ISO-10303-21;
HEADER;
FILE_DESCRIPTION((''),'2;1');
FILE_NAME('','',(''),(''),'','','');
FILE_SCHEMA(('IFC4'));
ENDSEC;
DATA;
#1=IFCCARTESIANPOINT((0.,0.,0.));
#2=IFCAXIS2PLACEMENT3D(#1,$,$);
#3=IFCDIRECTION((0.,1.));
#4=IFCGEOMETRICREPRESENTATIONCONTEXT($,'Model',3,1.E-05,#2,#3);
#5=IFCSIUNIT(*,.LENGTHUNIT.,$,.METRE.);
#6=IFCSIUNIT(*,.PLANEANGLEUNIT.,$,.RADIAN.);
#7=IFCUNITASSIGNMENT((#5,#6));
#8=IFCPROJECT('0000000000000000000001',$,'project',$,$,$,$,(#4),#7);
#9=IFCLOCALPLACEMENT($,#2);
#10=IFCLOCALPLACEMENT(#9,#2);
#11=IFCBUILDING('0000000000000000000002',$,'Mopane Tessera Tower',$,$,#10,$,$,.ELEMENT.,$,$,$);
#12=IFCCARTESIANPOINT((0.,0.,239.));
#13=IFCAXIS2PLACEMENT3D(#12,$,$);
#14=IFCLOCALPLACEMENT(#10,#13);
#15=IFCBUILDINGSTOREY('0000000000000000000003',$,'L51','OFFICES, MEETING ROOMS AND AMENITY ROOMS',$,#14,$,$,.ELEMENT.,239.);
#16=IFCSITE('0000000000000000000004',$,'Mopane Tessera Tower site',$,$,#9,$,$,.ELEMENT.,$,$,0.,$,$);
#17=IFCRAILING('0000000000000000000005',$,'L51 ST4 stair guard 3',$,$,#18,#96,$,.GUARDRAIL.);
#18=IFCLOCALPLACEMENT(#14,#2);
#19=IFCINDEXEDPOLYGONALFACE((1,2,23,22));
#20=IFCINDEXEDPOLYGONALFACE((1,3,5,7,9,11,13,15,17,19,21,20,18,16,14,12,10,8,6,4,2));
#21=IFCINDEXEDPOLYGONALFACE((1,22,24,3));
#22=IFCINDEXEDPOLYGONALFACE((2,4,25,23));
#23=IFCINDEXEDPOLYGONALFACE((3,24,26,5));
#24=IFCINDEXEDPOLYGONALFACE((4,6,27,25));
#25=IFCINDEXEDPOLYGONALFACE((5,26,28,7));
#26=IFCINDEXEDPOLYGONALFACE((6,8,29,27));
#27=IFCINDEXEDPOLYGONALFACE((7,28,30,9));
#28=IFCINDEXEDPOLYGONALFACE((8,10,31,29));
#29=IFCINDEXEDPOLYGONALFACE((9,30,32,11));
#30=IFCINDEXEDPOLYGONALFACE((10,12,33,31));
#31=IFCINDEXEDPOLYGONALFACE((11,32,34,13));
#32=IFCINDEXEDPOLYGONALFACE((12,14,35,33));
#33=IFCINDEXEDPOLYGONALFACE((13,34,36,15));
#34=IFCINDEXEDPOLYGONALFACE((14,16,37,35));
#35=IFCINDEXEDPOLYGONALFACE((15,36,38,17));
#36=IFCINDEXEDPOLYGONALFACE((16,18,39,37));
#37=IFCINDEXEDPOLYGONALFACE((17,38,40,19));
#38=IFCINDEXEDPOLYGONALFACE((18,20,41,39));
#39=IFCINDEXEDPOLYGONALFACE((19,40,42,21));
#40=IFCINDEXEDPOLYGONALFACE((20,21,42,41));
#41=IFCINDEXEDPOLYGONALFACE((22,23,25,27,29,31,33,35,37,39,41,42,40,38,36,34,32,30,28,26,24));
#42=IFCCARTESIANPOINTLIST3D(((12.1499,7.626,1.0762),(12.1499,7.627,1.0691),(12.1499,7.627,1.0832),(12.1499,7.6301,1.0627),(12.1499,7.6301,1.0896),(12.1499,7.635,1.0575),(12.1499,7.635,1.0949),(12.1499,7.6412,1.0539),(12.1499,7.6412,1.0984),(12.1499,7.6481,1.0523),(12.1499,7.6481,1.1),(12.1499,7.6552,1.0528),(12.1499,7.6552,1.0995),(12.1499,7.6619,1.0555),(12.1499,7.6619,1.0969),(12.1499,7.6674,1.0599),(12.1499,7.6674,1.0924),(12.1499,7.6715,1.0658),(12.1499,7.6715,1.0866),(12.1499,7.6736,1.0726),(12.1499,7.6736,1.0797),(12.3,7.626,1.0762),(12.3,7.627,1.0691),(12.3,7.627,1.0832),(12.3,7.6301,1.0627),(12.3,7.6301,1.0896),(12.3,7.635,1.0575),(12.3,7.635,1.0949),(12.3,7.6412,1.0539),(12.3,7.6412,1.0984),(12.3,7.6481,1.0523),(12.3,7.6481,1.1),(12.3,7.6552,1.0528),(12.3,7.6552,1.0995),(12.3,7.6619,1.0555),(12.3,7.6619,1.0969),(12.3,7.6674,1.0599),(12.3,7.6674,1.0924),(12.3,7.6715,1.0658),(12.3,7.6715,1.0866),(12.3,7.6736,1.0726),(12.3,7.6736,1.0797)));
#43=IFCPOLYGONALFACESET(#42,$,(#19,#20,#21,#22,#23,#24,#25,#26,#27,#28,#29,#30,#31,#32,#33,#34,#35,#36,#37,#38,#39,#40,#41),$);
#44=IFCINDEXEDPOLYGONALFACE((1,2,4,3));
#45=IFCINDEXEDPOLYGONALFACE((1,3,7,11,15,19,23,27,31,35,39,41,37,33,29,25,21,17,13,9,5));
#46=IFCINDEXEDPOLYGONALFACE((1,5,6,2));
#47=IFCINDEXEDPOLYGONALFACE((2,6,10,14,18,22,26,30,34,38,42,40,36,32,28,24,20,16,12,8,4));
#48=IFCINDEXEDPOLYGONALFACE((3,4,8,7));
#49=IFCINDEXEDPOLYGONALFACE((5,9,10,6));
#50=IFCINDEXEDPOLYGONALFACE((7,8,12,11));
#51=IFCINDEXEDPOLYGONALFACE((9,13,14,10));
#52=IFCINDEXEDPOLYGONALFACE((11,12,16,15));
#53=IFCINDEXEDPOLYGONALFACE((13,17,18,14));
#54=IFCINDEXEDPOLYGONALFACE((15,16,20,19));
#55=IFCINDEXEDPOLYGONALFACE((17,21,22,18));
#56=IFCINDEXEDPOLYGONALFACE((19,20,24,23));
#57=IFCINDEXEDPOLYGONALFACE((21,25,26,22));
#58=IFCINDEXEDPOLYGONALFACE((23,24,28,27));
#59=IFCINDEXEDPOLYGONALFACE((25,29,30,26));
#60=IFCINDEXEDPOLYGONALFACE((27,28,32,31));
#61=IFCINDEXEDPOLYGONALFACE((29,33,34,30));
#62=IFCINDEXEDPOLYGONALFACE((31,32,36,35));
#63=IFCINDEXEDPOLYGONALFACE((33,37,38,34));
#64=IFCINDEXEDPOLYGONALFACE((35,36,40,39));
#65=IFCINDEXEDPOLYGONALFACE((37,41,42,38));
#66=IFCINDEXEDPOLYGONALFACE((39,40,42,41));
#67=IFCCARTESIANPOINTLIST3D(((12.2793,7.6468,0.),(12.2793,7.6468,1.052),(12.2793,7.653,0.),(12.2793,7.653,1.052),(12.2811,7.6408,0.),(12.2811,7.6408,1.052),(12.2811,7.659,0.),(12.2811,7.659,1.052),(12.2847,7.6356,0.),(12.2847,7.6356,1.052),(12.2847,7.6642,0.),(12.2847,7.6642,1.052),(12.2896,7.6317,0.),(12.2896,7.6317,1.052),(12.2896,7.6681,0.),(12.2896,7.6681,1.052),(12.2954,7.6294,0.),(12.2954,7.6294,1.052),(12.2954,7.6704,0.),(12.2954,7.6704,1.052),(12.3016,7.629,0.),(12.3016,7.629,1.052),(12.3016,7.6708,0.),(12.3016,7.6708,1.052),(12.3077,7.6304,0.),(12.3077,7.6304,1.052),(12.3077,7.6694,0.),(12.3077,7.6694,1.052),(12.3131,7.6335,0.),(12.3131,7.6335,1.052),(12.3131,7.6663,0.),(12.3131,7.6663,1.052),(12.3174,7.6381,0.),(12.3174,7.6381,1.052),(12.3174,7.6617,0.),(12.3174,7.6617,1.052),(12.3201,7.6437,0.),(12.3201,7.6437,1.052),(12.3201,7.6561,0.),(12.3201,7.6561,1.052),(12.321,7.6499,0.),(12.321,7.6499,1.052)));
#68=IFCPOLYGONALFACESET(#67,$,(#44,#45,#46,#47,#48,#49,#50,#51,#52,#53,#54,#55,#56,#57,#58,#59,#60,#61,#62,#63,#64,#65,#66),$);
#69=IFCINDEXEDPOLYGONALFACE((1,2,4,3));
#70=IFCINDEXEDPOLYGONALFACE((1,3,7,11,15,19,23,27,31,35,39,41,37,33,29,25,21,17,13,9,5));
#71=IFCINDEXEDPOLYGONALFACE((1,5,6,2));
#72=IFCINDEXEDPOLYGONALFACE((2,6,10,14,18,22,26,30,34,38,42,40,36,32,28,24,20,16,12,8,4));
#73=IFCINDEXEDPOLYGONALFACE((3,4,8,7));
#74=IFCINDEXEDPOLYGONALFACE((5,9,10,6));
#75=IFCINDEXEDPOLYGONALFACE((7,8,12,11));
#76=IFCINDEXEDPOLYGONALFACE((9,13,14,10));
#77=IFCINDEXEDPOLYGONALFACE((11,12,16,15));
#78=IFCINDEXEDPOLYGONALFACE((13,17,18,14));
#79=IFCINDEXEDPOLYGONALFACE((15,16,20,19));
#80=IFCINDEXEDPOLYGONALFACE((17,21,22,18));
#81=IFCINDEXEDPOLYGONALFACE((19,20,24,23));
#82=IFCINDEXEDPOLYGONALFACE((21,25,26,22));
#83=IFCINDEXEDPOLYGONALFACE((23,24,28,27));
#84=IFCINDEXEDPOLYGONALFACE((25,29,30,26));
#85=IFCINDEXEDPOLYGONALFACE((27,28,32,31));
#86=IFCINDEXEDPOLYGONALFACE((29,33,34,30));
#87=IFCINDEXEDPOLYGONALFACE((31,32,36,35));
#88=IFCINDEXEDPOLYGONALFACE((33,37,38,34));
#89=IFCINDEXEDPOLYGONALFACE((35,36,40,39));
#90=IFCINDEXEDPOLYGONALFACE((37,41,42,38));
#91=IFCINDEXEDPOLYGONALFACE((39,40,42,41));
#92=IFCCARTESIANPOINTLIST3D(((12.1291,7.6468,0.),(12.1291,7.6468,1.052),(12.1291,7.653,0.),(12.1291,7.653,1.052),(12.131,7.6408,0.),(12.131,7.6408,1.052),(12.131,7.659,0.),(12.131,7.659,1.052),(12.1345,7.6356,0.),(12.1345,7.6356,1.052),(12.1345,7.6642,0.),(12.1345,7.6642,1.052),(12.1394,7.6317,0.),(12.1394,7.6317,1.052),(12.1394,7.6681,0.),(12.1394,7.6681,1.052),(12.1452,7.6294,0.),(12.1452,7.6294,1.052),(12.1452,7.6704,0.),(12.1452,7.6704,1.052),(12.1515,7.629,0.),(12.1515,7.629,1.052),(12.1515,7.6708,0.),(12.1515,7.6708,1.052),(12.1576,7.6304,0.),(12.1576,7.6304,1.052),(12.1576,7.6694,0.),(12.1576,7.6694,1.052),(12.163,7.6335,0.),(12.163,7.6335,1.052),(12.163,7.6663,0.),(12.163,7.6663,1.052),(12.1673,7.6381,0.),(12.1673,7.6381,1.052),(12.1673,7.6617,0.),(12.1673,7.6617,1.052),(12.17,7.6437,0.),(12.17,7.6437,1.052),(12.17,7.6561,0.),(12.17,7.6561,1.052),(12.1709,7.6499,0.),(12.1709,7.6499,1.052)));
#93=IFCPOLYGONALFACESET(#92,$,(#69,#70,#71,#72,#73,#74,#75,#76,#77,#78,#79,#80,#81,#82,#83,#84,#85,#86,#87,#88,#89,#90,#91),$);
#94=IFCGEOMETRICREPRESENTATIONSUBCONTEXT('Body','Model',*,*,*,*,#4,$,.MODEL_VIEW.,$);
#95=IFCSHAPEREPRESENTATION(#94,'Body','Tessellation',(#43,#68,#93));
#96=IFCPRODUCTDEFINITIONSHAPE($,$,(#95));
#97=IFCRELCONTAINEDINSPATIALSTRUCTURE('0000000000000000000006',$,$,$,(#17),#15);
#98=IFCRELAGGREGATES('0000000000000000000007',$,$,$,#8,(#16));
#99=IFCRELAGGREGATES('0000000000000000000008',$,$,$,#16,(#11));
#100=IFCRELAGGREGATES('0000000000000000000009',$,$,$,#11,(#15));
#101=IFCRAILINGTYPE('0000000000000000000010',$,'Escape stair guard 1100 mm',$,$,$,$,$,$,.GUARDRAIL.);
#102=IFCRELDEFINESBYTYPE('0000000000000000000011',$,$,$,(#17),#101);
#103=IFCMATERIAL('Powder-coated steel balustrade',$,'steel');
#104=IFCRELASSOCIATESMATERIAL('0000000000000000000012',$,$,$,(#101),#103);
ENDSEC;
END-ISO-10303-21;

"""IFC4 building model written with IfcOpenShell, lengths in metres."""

from ifc_helpers import new_model, si_unit, direction, frame, origin, origin_2d, place, context, subcontext, project, spatial, circle, extrude, material, type_object, element, save


model = new_model("IFC4")

# Units and contexts
model_context = context("Model", 3, precision=1e-05, world=origin(), true_north=direction((0.0, 1.0)))
body_context = subcontext(model_context, "Body", "Model", "MODEL_VIEW")
ifc_project = project(units=[si_unit("LENGTHUNIT", "METRE"), si_unit("PLANEANGLEUNIT", "RADIAN")], contexts=[model_context])

# Site, building, storey
site_placement = place(None, origin())
site = spatial("IfcSite", under=ifc_project, at=site_placement, Name="Mopane Tessera Tower site", CompositionType="ELEMENT", RefElevation=0.0)
building_placement = place(site_placement, origin())
building = spatial("IfcBuilding", under=site, at=building_placement, Name="Mopane Tessera Tower", CompositionType="ELEMENT")
storey_placement = place(building_placement, frame((0.0, 0.0, 239.0)))
storey = spatial("IfcBuildingStorey", under=building, at=storey_placement, Name="L51", Description="OFFICES, MEETING ROOMS AND AMENITY ROOMS", CompositionType="ELEMENT", Elevation=239.0)

# Railing
ifc_material_1 = material(Name="Powder-coated steel balustrade", Category="steel")
railing_type_1 = type_object("IfcRailingType", Name="Escape stair guard 1100 mm", PredefinedType="GUARDRAIL", material=ifc_material_1)
railing_1_placement = place(storey_placement, frame((12.3, 7.6499, 0.0)))
element("IfcRailing", 1, at=railing_1_placement, inside=storey, type_object=railing_type_1, Name="L51 ST4 stair guard 3", PredefinedType="GUARDRAIL", context=body_context, shape_type="SweptSolid", body=[
    extrude(circle(Radius=0.0239, at=origin_2d()), frame((0.0, 0.0, 1.0762), z_axis=(-1.0, 0.0, 0.0), x_axis=(0.0, -1.0, 0.0)), (0.0, 0.0, 1.0), 0.1501),
    extrude(circle(Radius=0.021, at=origin_2d()), origin(), (0.0, 0.0, 1.0), 1.052),
    extrude(circle(Radius=0.021, at=origin_2d()), frame((-0.1501, 0.0, 0.0)), (0.0, 0.0, 1.0), 1.052),
])

save(model, "model.ifc")
